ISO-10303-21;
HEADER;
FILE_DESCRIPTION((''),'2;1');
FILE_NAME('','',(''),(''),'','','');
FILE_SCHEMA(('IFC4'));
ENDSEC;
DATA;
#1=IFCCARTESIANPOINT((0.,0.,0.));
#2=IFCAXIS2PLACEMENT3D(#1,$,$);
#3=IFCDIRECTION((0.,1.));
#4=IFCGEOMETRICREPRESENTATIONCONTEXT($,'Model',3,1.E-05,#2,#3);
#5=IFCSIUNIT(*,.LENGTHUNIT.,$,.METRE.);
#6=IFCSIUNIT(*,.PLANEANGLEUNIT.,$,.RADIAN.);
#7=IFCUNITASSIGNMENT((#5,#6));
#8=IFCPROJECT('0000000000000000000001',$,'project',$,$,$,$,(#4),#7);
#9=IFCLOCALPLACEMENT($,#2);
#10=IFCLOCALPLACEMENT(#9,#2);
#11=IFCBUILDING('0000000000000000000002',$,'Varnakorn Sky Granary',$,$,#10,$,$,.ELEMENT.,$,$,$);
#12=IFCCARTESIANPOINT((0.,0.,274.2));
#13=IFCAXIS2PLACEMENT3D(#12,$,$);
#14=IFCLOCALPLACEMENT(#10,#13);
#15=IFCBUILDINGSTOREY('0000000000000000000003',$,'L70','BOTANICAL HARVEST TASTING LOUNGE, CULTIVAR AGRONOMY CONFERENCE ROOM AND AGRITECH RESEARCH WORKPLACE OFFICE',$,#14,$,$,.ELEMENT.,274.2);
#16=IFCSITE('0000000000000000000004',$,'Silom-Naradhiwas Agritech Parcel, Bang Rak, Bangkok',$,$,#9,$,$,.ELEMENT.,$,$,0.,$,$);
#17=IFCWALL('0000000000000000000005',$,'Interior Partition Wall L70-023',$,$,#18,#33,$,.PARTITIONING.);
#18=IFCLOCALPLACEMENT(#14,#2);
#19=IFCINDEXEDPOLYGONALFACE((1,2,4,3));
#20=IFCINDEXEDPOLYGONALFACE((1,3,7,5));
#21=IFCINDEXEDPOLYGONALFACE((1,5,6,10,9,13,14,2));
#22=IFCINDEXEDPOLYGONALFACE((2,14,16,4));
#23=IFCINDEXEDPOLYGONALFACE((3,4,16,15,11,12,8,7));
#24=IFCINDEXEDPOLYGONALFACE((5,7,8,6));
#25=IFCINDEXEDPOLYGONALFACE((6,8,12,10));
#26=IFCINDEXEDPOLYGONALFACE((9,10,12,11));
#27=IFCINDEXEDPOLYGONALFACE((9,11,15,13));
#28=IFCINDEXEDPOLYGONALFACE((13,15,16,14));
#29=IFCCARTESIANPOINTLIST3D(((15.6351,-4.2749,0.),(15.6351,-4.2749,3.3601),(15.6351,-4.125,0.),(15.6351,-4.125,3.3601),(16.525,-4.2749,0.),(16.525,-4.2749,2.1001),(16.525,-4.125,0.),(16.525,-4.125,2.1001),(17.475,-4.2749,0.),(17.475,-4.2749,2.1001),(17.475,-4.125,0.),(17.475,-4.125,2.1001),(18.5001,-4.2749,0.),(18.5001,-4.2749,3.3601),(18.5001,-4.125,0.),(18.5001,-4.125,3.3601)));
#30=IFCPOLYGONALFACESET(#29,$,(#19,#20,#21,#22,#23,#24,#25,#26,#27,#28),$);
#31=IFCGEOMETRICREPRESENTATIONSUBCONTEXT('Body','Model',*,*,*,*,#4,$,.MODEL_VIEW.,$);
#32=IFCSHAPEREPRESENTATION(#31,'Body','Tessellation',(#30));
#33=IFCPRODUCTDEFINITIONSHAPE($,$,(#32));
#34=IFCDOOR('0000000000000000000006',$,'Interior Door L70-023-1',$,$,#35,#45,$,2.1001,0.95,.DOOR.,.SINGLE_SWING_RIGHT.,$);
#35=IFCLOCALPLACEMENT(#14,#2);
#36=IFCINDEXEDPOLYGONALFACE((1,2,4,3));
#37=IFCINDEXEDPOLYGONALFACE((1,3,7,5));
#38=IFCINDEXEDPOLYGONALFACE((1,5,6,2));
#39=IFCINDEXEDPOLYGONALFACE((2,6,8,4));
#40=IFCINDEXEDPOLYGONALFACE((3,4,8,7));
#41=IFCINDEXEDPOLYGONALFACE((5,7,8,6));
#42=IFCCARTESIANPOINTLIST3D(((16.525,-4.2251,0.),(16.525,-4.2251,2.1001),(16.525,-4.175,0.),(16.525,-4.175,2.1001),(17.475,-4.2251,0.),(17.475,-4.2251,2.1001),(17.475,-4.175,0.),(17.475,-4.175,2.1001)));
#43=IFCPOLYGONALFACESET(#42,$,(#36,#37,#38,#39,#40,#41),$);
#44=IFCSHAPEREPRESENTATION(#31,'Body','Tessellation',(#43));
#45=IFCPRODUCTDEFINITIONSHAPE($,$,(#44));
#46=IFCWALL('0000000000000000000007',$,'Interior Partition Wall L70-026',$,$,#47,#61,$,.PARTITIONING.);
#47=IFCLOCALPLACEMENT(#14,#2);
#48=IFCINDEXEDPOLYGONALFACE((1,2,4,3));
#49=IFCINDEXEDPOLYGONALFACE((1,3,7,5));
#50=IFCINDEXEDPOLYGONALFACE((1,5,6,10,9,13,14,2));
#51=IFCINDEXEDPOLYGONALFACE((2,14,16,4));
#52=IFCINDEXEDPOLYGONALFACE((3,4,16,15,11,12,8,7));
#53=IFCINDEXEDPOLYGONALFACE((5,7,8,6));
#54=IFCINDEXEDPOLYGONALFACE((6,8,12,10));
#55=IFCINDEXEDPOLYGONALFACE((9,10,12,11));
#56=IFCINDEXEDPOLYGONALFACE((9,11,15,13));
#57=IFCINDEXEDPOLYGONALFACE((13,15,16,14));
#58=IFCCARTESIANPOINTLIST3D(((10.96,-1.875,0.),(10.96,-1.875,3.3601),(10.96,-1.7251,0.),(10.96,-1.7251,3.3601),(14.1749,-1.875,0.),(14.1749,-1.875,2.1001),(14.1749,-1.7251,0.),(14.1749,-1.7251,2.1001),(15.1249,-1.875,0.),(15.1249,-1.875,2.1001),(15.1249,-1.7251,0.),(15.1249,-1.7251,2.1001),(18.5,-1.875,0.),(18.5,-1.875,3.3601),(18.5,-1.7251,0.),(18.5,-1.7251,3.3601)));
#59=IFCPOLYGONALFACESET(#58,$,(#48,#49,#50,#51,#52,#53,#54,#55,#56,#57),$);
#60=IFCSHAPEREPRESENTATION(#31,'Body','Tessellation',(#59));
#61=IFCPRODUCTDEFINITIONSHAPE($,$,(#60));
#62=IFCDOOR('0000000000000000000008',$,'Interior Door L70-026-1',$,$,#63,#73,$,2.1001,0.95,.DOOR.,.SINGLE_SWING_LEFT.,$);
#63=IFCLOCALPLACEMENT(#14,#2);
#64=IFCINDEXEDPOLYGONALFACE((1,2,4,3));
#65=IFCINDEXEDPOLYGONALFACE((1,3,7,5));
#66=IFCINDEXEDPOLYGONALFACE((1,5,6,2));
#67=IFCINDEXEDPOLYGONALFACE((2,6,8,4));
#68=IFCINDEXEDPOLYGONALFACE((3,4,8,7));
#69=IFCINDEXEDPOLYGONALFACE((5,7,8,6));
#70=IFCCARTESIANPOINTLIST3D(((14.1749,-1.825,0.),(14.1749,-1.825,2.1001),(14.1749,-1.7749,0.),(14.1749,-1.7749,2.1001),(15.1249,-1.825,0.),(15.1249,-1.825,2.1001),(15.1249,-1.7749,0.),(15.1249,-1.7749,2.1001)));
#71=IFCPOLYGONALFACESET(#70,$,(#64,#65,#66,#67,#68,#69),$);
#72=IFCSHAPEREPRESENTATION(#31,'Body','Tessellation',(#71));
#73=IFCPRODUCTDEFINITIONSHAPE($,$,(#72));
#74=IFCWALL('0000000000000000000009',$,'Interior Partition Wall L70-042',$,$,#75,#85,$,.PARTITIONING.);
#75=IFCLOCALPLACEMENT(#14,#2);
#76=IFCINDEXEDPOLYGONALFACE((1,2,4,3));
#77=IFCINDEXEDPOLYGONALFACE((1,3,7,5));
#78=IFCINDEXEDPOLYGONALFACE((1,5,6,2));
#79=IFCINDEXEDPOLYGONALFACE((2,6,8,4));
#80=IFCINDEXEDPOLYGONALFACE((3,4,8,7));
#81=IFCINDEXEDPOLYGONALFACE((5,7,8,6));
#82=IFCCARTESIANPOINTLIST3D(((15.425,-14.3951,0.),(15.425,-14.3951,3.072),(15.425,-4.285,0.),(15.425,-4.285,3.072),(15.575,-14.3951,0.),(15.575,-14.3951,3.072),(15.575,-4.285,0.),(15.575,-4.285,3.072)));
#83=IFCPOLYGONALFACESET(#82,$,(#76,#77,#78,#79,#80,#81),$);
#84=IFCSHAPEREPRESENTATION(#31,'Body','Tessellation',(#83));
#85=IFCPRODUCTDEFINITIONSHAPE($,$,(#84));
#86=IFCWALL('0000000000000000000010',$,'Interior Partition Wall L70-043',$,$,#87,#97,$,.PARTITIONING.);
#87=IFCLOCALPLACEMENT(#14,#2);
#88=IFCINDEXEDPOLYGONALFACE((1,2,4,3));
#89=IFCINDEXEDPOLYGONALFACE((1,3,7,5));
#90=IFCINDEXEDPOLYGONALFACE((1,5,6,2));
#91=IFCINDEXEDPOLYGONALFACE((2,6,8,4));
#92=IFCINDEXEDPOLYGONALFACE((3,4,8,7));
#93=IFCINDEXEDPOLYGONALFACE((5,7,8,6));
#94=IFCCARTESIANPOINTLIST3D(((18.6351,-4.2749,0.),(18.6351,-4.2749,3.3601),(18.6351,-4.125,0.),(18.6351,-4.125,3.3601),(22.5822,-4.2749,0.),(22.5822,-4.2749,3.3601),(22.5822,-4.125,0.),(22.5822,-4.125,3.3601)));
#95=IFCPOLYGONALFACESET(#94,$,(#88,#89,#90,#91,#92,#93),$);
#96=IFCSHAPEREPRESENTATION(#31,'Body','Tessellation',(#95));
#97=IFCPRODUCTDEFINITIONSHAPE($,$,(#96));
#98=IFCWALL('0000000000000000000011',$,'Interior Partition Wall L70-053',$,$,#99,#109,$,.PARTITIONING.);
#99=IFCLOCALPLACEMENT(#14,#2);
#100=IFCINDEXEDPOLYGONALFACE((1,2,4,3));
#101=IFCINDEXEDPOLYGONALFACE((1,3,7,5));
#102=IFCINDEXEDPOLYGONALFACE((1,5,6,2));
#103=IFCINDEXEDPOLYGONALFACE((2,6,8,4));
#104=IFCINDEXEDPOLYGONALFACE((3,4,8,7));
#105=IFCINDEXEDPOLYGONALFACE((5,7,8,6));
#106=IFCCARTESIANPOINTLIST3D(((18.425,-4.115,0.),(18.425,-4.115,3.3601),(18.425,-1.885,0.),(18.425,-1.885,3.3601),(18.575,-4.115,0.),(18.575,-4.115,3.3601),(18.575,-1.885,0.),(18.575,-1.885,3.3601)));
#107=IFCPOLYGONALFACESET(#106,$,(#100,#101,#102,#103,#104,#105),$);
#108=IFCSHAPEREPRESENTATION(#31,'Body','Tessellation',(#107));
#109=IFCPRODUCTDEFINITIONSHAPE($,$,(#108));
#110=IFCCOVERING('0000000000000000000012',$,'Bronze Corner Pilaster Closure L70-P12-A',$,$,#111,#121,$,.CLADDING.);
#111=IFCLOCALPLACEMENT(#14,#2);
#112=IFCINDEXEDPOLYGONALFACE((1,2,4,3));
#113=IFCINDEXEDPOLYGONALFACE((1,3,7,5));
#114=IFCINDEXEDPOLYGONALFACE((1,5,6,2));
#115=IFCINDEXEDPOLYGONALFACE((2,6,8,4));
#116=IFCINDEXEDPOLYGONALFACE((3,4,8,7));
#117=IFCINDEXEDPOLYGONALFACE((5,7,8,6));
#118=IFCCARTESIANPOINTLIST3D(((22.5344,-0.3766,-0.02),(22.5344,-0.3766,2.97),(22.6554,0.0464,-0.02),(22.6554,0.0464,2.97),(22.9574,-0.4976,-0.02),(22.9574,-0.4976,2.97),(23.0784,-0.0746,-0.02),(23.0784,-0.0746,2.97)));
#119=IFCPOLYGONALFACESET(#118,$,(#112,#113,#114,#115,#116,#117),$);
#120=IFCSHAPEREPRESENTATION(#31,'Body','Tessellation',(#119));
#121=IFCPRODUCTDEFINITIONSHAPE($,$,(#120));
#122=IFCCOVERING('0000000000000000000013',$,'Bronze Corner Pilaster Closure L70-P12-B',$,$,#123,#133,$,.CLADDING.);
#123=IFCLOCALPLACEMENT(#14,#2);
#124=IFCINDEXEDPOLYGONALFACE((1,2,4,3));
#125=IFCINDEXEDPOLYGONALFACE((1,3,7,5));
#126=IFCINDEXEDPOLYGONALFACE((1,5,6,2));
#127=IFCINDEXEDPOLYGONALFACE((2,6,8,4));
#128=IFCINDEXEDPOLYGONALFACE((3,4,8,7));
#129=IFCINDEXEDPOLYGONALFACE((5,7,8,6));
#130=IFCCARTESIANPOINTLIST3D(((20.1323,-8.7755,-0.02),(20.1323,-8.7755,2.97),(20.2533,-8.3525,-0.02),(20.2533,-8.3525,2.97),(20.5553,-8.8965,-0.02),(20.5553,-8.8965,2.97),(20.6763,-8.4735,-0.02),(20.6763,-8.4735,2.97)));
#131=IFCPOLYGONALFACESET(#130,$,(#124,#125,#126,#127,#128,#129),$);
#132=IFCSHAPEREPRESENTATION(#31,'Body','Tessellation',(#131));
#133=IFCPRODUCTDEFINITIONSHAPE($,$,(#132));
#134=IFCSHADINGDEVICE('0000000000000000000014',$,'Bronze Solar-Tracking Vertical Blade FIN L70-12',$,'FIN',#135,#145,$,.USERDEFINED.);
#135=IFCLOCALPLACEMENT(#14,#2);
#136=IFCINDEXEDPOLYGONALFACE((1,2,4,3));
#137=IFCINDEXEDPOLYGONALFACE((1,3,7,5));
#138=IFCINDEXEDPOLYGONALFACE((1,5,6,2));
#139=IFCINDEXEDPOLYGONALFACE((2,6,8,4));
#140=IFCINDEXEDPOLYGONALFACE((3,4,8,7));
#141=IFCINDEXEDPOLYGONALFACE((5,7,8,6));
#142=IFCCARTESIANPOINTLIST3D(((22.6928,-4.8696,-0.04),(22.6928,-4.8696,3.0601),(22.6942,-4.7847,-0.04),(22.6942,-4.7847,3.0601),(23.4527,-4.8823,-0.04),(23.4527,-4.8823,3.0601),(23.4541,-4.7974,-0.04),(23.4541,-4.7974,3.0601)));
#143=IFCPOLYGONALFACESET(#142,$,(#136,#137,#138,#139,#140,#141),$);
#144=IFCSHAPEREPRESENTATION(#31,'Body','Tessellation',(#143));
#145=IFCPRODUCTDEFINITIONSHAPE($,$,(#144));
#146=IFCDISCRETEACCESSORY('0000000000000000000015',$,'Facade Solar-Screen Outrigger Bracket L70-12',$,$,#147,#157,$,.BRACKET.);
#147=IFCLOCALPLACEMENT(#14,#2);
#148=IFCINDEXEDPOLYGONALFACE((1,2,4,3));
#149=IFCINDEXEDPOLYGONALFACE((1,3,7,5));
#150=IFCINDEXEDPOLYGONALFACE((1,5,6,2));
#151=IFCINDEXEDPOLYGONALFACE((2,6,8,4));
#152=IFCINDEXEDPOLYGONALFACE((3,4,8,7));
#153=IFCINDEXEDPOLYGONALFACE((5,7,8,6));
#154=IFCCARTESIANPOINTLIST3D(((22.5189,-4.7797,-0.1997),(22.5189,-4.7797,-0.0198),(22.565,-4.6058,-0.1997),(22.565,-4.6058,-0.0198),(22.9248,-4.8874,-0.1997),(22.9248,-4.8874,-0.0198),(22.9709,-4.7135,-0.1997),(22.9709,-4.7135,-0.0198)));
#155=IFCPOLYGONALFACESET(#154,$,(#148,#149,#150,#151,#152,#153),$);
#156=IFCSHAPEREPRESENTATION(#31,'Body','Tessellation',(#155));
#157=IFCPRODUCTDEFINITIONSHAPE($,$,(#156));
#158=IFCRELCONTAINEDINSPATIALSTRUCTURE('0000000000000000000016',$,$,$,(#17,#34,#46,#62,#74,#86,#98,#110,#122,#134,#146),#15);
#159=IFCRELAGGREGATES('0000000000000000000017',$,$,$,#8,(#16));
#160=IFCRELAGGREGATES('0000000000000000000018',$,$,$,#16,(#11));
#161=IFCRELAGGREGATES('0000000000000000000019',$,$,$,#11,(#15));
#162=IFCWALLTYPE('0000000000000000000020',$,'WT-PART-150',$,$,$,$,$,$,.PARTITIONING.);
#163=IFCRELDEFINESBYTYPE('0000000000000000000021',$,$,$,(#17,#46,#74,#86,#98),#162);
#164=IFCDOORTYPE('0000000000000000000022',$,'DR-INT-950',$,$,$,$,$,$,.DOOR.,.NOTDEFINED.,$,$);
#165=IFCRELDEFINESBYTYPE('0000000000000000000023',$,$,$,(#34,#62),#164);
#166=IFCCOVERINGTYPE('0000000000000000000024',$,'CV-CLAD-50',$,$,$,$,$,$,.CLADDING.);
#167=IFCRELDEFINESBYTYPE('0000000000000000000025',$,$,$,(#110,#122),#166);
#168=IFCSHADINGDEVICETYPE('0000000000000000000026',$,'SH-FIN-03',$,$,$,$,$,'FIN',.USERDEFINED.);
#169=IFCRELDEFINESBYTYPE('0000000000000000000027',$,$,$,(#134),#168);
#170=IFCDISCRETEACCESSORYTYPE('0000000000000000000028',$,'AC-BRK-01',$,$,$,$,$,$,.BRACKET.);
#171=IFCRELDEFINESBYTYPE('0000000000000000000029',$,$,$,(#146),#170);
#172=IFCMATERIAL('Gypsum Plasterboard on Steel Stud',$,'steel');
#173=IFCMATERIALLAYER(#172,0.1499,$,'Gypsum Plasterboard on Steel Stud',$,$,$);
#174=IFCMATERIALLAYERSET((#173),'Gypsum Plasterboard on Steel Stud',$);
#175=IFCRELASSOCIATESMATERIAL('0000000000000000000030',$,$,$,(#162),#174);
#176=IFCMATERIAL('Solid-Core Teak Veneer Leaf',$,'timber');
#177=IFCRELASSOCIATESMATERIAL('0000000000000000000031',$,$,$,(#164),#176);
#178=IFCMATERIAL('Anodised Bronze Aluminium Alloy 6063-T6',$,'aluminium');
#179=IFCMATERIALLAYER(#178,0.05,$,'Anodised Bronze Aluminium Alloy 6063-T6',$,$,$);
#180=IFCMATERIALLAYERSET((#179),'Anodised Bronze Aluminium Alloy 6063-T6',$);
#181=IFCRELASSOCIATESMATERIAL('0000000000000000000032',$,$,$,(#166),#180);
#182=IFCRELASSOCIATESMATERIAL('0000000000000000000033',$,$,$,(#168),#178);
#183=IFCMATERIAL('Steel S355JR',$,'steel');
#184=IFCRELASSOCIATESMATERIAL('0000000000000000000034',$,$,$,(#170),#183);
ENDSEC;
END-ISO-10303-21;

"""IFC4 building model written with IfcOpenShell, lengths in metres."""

from ifc_helpers import new_model, si_unit, direction, frame, frame_2d, origin, origin_2d, place, context, subcontext, project, spatial, rectangle, extrude, source, transform, mapped, material, layer, layer_set, type_object, type_shapes, element, fill, save


model = new_model("IFC4")

# Units and contexts
model_context = context("Model", 3, precision=1e-05, world=origin(), true_north=direction((0.0, 1.0)))
body_context = subcontext(model_context, "Body", "Model", "MODEL_VIEW")
ifc_project = project(units=[si_unit("LENGTHUNIT", "METRE"), si_unit("PLANEANGLEUNIT", "RADIAN")], contexts=[model_context])

# Site, building, storey
site_placement = place(None, origin())
site = spatial("IfcSite", under=ifc_project, at=site_placement, Name="Silom-Naradhiwas Agritech Parcel, Bang Rak, Bangkok", CompositionType="ELEMENT", RefElevation=0.0)
building_placement = place(site_placement, origin())
building = spatial("IfcBuilding", under=site, at=building_placement, Name="Varnakorn Sky Granary", CompositionType="ELEMENT")
storey_placement = place(building_placement, frame((0.0, 0.0, 274.2)))
storey = spatial("IfcBuildingStorey", under=building, at=storey_placement, Name="L70", Description="BOTANICAL HARVEST TASTING LOUNGE, CULTIVAR AGRONOMY CONFERENCE ROOM AND AGRITECH RESEARCH WORKPLACE OFFICE", CompositionType="ELEMENT", Elevation=274.2)

# Shared definitions
ifc_material_1 = material(Name="Steel S355JR", Category="steel")

# Shared definitions
ifc_material_2 = material(Name="Anodised Bronze Aluminium Alloy 6063-T6", Category="aluminium")

# Walls, openings, doors
ifc_material_3 = material(Name="Gypsum Plasterboard on Steel Stud", Category="steel")
ifc_layer_1 = layer(ifc_material_3, 0.1499, Name="Gypsum Plasterboard on Steel Stud")
ifc_layer_set_1 = layer_set([ifc_layer_1], Name="Gypsum Plasterboard on Steel Stud")
wall_type_1 = type_object("IfcWallType", Name="WT-PART-150", PredefinedType="PARTITIONING", material=ifc_layer_set_1)
wall_1_placement = place(storey_placement, frame((15.635, -4.2, 0.0), z_axis=(0.0, 0.0, 1.0), x_axis=(1.0, 0.0, 0.0)))
wall_1 = element("IfcWall", 1, at=wall_1_placement, inside=storey, type_object=wall_type_1, Name="Interior Partition Wall L70-023", PredefinedType="PARTITIONING", context=body_context, shape_type="SweptSolid", body=[
    extrude(rectangle(XDim=2.865, YDim=0.1499, at=frame_2d((1.4326, 0.0))), origin(), (0.0, 0.0, 1.0), 3.3601),
])
opening_1_placement = place(wall_1_placement, frame((0.8899, 0.0, 0.0)))
opening_1 = element("IfcOpeningElement", 2, at=opening_1_placement, cuts=wall_1, PredefinedType="OPENING", context=body_context, shape_type="SweptSolid", body=[
    extrude(rectangle(XDim=0.95, YDim=2.1001, at=frame_2d((0.4751, 1.05))), frame((0.0, 0.085, 0.0), z_axis=(0.0, -1.0, 0.0), x_axis=(1.0, 0.0, 0.0)), (0.0, 0.0, 1.0), 0.1699),
])
ifc_material_4 = material(Name="Solid-Core Teak Veneer Leaf", Category="timber")
door_type = type_object("IfcDoorType", Name="DR-INT-950", OperationType="NOTDEFINED", PredefinedType="DOOR", material=ifc_material_4)
door_1_placement = place(opening_1_placement, origin())
door_1 = element("IfcDoor", 3, at=door_1_placement, inside=storey, type_object=door_type, Name="Interior Door L70-023-1", OperationType="SINGLE_SWING_RIGHT", OverallHeight=2.1001, OverallWidth=0.95, PredefinedType="DOOR", context=body_context, shape_type="SweptSolid", body=[
    extrude(rectangle(XDim=0.95, YDim=2.1001, at=frame_2d((0.4751, 1.05))), frame((0.0, 0.0249, 0.0), z_axis=(0.0, -1.0, 0.0), x_axis=(1.0, 0.0, 0.0)), (0.0, 0.0, 1.0), 0.05),
])
fill(opening_1, door_1)
wall_2_placement = place(storey_placement, frame((18.5, -1.8, 0.0), z_axis=(0.0, 0.0, 1.0), x_axis=(-1.0, 0.0, 0.0)))
wall_2 = element("IfcWall", 4, at=wall_2_placement, inside=storey, type_object=wall_type_1, Name="Interior Partition Wall L70-026", PredefinedType="PARTITIONING", context=body_context, shape_type="SweptSolid", body=[
    extrude(rectangle(XDim=7.54, YDim=0.1499, at=frame_2d((3.77, 0.0))), origin(), (0.0, 0.0, 1.0), 3.3601),
])
opening_2_placement = place(wall_2_placement, frame((3.375, 0.0, 0.0)))
opening_2 = element("IfcOpeningElement", 5, at=opening_2_placement, cuts=wall_2, PredefinedType="OPENING", context=body_context, shape_type="SweptSolid", body=[
    extrude(rectangle(XDim=0.95, YDim=2.1001, at=frame_2d((0.4751, 1.05))), frame((0.0, 0.085, 0.0), z_axis=(0.0, -1.0, 0.0), x_axis=(1.0, 0.0, 0.0)), (0.0, 0.0, 1.0), 0.1699),
])
door_2_placement = place(opening_2_placement, origin())
door_2 = element("IfcDoor", 6, at=door_2_placement, inside=storey, type_object=door_type, Name="Interior Door L70-026-1", OperationType="SINGLE_SWING_LEFT", OverallHeight=2.1001, OverallWidth=0.95, PredefinedType="DOOR", context=body_context, shape_type="SweptSolid", body=[
    extrude(rectangle(XDim=0.95, YDim=2.1001, at=frame_2d((0.4751, 1.05))), frame((0.0, 0.0249, 0.0), z_axis=(0.0, -1.0, 0.0), x_axis=(1.0, 0.0, 0.0)), (0.0, 0.0, 1.0), 0.05),
])
fill(opening_2, door_2)

# Walls
wall_3_placement = place(storey_placement, frame((15.5, -4.2849, 0.0), z_axis=(0.0, 0.0, 1.0), x_axis=(0.0, -1.0, 0.0)))
element("IfcWall", 7, at=wall_3_placement, inside=storey, type_object=wall_type_1, Name="Interior Partition Wall L70-042", PredefinedType="PARTITIONING", context=body_context, shape_type="SweptSolid", body=[
    extrude(rectangle(XDim=10.1101, YDim=0.1499, at=frame_2d((5.0552, 0.0))), origin(), (0.0, 0.0, 1.0), 3.072),
])
wall_4_placement = place(storey_placement, frame((18.635, -4.2, 0.0), z_axis=(0.0, 0.0, 1.0), x_axis=(1.0, 0.0, 0.0)))
element("IfcWall", 8, at=wall_4_placement, inside=storey, type_object=wall_type_1, Name="Interior Partition Wall L70-043", PredefinedType="PARTITIONING", context=body_context, shape_type="SweptSolid", body=[
    extrude(rectangle(XDim=3.947, YDim=0.1499, at=frame_2d((1.9736, 0.0))), origin(), (0.0, 0.0, 1.0), 3.3601),
])
wall_5_placement = place(storey_placement, frame((18.5, -4.115, 0.0), z_axis=(0.0, 0.0, 1.0), x_axis=(0.0, 1.0, 0.0)))
element("IfcWall", 9, at=wall_5_placement, inside=storey, type_object=wall_type_1, Name="Interior Partition Wall L70-053", PredefinedType="PARTITIONING", context=body_context, shape_type="SweptSolid", body=[
    extrude(rectangle(XDim=2.23, YDim=0.1499, at=frame_2d((1.115, 0.0))), origin(), (0.0, 0.0, 1.0), 3.3601),
])

# Coverings
ifc_layer_2 = layer(ifc_material_2, 0.05, Name="Anodised Bronze Aluminium Alloy 6063-T6")
ifc_layer_set_2 = layer_set([ifc_layer_2], Name="Anodised Bronze Aluminium Alloy 6063-T6")
covering_type = type_object("IfcCoveringType", Name="CV-CLAD-50", PredefinedType="CLADDING", material=ifc_layer_set_2)
shared_shape_1 = source(origin(), body_context, "Body", "SweptSolid", [
    extrude(rectangle(XDim=0.4399, YDim=0.4399, at=origin_2d()), origin(), (0.0, 0.0, 1.0), 2.99),
])
type_shapes(covering_type, [shared_shape_1])
for number, where, z_axis, x_axis, name in (
    (10, (22.8064, -0.2256, -0.02), (0.0, 0.0, 1.0), (-0.274966, -0.961454, 0.0), "Bronze Corner Pilaster Closure L70-P12-A"),
    (11, (20.4043, -8.6245, -0.02), (0.0, 0.0, 1.0), (-0.274966, -0.961454, 0.0), "Bronze Corner Pilaster Closure L70-P12-B"),
):
    element("IfcCovering", number, at=place(storey_placement, frame(where, z_axis=z_axis, x_axis=x_axis)), inside=storey, type_object=covering_type, Name=name, PredefinedType="CLADDING", context=body_context, shape_type="MappedRepresentation", body=[
        mapped(shared_shape_1, transform((0.0, 0.0, 0.0), x_axis=(1.0, 0.0, 0.0), y_axis=(0.0, 1.0, 0.0), z_axis=(0.0, 0.0, 1.0), scale=1.0)),
    ])

# Shading device
shading_device_type = type_object("IfcShadingDeviceType", Name="SH-FIN-03", ElementType="FIN", PredefinedType="USERDEFINED", material=ifc_material_2)
shared_shape_2 = source(origin(), body_context, "Body", "SweptSolid", [
    extrude(rectangle(XDim=0.085, YDim=0.76, at=origin_2d()), origin(), (0.0, 0.0, 1.0), 3.1001),
])
type_shapes(shading_device_type, [shared_shape_2])
shading_device_placement = place(storey_placement, frame((23.0735, -4.8335, -0.04), z_axis=(0.0, 0.0, 1.0), x_axis=(0.016729, 0.99986, 0.0)))
element("IfcShadingDevice", 12, at=shading_device_placement, inside=storey, type_object=shading_device_type, Name="Bronze Solar-Tracking Vertical Blade FIN L70-12", ObjectType="FIN", PredefinedType="USERDEFINED", context=body_context, shape_type="MappedRepresentation", body=[
    mapped(shared_shape_2, transform((0.0, 0.0, 0.0), x_axis=(1.0, 0.0, 0.0), y_axis=(0.0, 1.0, 0.0), z_axis=(0.0, 0.0, 1.0), scale=1.0)),
])

# Discrete accessory
discrete_accessory_type = type_object("IfcDiscreteAccessoryType", Name="AC-BRK-01", PredefinedType="BRACKET", material=ifc_material_1)
shared_shape_3 = source(origin(), body_context, "Body", "SweptSolid", [
    extrude(rectangle(XDim=0.1799, YDim=0.4199, at=origin_2d()), origin(), (0.0, 0.0, 1.0), 0.1799),
])
type_shapes(discrete_accessory_type, [shared_shape_3])
discrete_accessory_placement = place(storey_placement, frame((22.7449, -4.7466, -0.1997), z_axis=(0.0, 0.0, 1.0), x_axis=(0.256378, 0.966577, 0.0)))
element("IfcDiscreteAccessory", 13, at=discrete_accessory_placement, inside=storey, type_object=discrete_accessory_type, Name="Facade Solar-Screen Outrigger Bracket L70-12", PredefinedType="BRACKET", context=body_context, shape_type="MappedRepresentation", body=[
    mapped(shared_shape_3, transform((0.0, 0.0, 0.0), x_axis=(1.0, 0.0, 0.0), y_axis=(0.0, 1.0, 0.0), z_axis=(0.0, 0.0, 1.0), scale=1.0)),
])

save(model, "model.ifc")
